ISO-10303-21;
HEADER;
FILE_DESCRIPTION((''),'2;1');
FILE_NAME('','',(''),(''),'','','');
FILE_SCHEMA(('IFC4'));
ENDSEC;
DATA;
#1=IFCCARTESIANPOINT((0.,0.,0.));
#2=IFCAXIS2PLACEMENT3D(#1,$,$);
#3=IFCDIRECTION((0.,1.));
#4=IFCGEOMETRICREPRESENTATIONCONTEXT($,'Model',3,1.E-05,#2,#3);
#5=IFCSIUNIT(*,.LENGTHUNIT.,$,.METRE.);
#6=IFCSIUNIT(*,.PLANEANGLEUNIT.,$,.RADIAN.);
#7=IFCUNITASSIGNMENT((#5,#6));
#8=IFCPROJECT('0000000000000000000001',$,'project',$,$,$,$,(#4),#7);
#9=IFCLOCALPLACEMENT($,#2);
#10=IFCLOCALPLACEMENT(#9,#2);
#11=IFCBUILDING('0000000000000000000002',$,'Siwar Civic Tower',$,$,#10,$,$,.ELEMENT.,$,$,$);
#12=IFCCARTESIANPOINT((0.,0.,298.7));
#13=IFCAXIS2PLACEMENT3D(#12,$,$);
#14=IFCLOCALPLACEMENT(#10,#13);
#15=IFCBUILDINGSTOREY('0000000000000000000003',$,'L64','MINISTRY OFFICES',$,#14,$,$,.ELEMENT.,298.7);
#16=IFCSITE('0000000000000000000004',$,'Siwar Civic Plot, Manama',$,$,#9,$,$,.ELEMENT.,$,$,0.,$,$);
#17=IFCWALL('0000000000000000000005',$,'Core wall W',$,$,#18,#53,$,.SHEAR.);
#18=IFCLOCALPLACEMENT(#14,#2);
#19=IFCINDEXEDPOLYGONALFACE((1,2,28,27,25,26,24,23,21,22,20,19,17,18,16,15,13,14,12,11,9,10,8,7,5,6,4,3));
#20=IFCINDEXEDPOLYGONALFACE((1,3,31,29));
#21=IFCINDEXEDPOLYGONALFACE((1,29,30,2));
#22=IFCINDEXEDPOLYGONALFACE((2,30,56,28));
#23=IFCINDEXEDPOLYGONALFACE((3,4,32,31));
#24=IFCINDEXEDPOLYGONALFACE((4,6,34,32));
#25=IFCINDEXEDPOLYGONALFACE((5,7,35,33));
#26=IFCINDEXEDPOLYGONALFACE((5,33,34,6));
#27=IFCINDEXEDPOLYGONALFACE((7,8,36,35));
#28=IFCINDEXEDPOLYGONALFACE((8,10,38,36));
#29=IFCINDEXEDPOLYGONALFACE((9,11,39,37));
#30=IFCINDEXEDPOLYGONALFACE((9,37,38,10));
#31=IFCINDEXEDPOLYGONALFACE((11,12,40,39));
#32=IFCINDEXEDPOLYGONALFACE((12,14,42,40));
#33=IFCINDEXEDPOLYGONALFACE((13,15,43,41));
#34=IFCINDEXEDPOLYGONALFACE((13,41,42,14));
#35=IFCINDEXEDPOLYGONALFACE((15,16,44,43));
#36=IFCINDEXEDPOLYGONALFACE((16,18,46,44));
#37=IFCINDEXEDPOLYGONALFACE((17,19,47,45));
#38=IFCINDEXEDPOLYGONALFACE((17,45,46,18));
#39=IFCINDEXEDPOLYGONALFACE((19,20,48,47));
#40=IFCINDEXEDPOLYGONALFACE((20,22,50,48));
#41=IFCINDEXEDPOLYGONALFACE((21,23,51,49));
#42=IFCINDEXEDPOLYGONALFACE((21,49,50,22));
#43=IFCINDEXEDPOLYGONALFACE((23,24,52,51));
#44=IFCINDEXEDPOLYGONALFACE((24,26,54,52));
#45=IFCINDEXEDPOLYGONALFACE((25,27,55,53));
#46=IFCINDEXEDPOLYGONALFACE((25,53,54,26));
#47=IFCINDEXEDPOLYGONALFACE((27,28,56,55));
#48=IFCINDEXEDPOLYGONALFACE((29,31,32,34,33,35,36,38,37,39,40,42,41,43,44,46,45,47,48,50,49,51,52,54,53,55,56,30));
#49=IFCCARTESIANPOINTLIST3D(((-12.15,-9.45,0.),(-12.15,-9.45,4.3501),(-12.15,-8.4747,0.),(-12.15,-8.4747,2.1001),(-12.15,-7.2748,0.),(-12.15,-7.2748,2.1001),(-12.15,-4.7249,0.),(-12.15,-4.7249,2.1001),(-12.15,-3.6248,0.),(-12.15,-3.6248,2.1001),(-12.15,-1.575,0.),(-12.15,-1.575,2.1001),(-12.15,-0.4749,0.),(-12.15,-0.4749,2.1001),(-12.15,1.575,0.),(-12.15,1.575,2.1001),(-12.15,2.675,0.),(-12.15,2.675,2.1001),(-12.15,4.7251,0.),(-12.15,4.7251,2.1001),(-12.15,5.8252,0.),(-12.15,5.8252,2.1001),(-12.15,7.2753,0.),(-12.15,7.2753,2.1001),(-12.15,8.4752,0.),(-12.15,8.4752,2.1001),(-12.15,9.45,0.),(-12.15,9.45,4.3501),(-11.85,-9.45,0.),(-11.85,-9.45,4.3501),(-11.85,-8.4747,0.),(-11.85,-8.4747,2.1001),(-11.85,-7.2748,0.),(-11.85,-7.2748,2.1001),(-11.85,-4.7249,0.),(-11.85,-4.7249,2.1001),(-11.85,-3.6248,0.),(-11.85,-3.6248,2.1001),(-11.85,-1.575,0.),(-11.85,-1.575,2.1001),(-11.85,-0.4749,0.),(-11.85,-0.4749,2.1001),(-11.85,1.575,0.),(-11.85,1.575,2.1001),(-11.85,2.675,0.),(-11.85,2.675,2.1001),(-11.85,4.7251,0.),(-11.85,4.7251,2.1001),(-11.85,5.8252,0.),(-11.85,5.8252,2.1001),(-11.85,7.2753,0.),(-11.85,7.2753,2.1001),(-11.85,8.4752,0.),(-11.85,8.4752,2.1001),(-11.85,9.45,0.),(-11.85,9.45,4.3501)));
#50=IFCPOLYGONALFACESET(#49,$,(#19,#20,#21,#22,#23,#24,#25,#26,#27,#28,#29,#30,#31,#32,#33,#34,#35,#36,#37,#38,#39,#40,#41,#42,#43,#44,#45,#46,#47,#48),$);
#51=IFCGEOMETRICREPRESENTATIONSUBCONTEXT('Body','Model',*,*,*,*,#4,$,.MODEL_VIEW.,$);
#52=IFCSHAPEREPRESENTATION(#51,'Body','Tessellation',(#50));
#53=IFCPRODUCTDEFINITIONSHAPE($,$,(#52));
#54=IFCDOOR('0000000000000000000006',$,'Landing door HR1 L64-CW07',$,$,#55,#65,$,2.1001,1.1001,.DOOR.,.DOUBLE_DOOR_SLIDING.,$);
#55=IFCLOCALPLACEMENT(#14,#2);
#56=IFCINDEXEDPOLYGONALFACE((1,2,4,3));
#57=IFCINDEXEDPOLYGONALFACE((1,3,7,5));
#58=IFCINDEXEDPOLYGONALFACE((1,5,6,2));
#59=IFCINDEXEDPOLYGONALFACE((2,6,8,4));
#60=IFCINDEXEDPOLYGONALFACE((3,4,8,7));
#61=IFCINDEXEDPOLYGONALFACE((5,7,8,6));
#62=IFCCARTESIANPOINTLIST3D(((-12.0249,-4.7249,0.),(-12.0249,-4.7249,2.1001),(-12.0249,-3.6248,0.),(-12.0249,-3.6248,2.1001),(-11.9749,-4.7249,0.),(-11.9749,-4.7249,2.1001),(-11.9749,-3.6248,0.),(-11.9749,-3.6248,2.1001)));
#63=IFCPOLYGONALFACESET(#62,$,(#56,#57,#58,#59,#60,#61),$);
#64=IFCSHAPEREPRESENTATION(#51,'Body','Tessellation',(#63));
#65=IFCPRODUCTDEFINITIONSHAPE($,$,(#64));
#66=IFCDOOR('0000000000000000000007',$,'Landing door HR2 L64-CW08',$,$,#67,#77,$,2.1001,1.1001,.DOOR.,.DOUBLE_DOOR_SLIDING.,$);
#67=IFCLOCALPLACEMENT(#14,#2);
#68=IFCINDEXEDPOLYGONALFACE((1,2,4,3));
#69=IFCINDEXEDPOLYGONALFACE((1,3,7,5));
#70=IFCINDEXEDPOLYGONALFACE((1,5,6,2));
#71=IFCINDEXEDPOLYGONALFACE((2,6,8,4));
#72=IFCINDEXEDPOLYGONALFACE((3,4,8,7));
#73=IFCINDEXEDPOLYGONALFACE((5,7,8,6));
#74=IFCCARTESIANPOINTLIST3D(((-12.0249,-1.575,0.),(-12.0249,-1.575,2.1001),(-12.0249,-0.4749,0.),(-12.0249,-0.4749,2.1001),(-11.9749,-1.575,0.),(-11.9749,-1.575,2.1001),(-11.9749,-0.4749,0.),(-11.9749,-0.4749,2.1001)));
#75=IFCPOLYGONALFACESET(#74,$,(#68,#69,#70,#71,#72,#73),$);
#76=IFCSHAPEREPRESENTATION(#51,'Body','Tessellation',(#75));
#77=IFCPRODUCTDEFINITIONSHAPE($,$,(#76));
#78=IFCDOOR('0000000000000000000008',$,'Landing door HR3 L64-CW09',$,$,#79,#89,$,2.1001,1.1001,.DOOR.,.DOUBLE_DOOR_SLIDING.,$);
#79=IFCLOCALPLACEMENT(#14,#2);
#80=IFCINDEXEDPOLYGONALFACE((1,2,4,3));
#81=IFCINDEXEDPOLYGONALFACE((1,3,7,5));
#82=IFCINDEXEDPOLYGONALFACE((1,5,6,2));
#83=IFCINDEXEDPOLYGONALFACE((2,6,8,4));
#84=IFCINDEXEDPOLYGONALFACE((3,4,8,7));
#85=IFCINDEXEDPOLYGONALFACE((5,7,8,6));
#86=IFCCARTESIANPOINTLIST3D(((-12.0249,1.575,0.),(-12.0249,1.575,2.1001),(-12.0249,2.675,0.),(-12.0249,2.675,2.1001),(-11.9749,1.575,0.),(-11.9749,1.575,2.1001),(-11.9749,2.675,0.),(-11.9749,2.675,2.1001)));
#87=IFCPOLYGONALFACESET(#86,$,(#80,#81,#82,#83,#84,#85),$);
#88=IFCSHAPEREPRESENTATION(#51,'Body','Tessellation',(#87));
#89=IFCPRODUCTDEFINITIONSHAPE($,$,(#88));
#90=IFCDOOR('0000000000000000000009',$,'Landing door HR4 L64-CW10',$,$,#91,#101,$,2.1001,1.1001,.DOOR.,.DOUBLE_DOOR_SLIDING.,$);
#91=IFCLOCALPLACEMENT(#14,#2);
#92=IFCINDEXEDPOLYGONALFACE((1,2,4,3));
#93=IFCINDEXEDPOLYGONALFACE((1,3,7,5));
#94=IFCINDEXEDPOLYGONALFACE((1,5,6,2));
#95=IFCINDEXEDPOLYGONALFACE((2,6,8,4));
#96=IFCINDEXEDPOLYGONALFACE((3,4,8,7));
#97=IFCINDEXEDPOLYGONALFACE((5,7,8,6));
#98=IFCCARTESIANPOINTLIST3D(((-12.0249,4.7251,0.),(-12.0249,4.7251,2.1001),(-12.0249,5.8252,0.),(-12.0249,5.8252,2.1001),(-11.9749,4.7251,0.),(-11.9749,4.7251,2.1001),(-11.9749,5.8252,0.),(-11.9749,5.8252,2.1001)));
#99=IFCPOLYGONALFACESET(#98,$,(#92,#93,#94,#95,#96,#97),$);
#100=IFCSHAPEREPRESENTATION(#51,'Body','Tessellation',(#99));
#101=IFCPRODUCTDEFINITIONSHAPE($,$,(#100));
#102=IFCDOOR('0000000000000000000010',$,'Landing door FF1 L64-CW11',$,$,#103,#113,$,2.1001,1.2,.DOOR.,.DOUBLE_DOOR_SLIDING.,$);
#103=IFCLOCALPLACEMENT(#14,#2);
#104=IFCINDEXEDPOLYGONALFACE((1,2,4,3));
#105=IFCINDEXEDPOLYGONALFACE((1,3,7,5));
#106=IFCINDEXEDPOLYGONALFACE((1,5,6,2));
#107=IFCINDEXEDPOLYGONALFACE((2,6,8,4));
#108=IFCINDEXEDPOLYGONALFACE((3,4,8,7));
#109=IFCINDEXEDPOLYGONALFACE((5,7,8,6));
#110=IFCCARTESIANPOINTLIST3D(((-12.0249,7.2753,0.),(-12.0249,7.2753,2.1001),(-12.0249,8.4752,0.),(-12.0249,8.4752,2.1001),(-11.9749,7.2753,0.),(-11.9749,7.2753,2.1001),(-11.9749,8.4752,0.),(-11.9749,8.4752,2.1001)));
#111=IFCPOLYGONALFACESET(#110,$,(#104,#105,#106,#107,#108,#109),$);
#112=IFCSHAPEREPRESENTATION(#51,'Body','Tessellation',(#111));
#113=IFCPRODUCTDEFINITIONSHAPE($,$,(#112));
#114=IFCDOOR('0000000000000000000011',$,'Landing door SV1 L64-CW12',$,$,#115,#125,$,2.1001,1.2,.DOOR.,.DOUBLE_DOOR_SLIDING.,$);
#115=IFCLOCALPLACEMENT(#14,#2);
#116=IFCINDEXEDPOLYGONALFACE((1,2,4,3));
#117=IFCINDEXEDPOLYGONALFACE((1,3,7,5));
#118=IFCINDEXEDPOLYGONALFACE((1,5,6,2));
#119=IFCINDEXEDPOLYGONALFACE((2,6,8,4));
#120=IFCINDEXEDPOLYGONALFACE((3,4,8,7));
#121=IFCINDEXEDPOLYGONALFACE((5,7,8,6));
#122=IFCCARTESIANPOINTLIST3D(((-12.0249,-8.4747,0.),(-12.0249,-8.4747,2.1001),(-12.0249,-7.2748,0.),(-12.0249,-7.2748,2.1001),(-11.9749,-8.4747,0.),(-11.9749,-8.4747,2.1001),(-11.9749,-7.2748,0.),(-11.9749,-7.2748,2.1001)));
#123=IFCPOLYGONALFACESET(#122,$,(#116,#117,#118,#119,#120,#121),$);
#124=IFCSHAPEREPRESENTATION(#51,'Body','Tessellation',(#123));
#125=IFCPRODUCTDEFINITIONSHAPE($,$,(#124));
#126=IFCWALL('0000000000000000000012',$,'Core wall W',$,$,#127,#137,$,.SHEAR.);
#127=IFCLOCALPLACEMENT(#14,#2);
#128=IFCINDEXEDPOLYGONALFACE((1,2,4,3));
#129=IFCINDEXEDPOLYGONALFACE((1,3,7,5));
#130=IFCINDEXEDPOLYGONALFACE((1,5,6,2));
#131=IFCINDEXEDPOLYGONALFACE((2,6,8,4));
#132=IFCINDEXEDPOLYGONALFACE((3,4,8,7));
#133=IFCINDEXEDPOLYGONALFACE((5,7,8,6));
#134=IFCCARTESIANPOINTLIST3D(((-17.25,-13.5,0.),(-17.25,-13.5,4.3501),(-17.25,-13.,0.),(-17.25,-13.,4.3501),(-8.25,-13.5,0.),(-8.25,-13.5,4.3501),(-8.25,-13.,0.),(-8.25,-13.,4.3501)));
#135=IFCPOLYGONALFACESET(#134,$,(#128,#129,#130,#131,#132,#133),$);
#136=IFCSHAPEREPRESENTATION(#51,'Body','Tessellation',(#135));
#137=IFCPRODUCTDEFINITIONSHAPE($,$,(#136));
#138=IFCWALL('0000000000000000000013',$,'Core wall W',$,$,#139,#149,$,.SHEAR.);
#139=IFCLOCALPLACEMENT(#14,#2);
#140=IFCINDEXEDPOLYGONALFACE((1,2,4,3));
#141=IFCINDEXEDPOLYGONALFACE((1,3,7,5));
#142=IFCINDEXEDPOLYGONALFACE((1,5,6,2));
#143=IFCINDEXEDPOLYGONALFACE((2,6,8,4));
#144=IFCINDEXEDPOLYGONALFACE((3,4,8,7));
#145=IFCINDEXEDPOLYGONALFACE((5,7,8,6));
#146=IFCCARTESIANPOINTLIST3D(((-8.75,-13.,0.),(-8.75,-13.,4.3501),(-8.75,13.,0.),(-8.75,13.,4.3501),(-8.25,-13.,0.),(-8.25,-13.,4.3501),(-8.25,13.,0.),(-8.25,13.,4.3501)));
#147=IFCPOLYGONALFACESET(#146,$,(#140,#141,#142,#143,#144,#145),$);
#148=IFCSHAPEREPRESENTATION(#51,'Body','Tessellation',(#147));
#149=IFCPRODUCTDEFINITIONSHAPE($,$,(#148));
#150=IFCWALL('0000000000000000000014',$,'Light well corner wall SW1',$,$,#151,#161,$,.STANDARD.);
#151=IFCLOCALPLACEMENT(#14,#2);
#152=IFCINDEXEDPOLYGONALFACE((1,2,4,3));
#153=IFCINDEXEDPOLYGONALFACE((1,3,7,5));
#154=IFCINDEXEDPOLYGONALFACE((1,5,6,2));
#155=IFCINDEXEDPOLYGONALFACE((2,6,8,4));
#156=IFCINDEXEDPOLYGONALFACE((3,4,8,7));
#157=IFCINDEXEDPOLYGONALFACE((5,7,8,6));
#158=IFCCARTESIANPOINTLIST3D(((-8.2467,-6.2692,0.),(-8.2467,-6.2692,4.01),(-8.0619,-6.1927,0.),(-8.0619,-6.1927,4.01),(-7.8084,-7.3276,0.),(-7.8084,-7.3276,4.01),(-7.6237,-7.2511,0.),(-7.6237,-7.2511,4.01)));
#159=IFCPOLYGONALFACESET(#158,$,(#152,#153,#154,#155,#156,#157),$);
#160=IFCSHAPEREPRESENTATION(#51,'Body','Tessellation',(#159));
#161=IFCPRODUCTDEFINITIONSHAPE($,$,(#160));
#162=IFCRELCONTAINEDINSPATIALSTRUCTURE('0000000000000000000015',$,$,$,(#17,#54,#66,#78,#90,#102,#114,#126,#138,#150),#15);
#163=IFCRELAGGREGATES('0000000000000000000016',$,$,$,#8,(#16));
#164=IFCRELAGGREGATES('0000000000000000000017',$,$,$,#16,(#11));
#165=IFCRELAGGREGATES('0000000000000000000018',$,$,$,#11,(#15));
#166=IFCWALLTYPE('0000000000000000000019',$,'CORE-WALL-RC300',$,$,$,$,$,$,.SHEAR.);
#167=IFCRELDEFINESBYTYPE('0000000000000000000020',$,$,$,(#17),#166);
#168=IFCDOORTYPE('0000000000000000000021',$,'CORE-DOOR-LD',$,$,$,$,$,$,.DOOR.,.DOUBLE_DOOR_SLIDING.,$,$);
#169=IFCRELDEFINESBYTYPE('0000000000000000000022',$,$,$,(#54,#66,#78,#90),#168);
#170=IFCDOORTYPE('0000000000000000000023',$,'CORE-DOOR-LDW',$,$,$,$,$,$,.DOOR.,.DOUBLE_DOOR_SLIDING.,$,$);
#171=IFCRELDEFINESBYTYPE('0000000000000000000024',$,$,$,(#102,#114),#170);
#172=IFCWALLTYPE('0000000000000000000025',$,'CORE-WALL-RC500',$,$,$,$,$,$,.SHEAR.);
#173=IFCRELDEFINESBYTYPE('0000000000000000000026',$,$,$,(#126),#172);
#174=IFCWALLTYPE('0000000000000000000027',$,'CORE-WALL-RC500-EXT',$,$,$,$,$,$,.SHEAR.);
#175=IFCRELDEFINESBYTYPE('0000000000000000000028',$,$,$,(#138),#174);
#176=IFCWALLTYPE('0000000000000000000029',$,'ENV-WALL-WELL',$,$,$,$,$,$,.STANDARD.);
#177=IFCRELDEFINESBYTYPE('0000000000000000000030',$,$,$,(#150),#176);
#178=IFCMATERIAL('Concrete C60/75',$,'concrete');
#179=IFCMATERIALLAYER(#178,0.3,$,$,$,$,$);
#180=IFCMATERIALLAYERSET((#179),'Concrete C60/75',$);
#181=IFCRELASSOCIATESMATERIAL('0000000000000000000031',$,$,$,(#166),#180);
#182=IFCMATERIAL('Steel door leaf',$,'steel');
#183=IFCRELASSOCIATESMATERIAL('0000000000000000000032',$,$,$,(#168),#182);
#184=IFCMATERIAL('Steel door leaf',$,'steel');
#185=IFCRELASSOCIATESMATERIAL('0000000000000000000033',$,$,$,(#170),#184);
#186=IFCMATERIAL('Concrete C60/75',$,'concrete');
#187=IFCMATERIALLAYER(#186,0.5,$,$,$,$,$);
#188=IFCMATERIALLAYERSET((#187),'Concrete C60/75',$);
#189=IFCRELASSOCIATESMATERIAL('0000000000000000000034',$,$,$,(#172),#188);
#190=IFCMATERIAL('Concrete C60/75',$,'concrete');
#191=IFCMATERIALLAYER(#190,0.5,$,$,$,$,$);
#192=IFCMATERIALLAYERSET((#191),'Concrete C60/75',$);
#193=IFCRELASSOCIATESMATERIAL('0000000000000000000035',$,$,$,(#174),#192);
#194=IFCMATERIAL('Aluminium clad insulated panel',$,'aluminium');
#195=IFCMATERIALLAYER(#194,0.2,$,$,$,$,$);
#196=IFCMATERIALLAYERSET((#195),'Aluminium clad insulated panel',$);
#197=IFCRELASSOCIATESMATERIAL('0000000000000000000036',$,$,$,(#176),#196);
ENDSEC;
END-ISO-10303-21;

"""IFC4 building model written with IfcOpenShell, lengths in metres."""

from ifc_helpers import new_model, si_unit, direction, frame, frame_2d, origin, place, context, subcontext, project, spatial, rectangle, extrude, material, layer, layer_set, type_object, element, fill, save


model = new_model("IFC4")

# Units and contexts
model_context = context("Model", 3, precision=1e-05, world=origin(), true_north=direction((0.0, 1.0)))
body_context = subcontext(model_context, "Body", "Model", "MODEL_VIEW")
ifc_project = project(units=[si_unit("LENGTHUNIT", "METRE"), si_unit("PLANEANGLEUNIT", "RADIAN")], contexts=[model_context])

# Site, building, storey
site_placement = place(None, origin())
site = spatial("IfcSite", under=ifc_project, at=site_placement, Name="Siwar Civic Plot, Manama", CompositionType="ELEMENT", RefElevation=0.0)
building_placement = place(site_placement, origin())
building = spatial("IfcBuilding", under=site, at=building_placement, Name="Siwar Civic Tower", CompositionType="ELEMENT")
storey_placement = place(building_placement, frame((0.0, 0.0, 298.7)))
storey = spatial("IfcBuildingStorey", under=building, at=storey_placement, Name="L64", Description="MINISTRY OFFICES", CompositionType="ELEMENT", Elevation=298.7)

# Wall, openings, doors
ifc_material_1 = material(Name="Concrete C60/75", Category="concrete")
ifc_layer_1 = layer(ifc_material_1, 0.3)
ifc_layer_set_1 = layer_set([ifc_layer_1], Name="Concrete C60/75")
wall_type_1 = type_object("IfcWallType", Name="CORE-WALL-RC300", PredefinedType="SHEAR", material=ifc_layer_set_1)
wall_1_placement = place(storey_placement, frame((-12.0, -9.45, 0.0), z_axis=(0.0, 0.0, 1.0), x_axis=(0.0, 1.0, 0.0)))
wall_1 = element("IfcWall", 1, at=wall_1_placement, inside=storey, type_object=wall_type_1, Name="Core wall W", PredefinedType="SHEAR", context=body_context, shape_type="SweptSolid", body=[
    extrude(rectangle(XDim=18.8999, YDim=0.3, at=frame_2d((9.45, 0.0))), origin(), (0.0, 0.0, 1.0), 4.3501),
])
opening_1_placement = place(wall_1_placement, frame((4.7251, 0.0, 0.0)))
opening_1 = element("IfcOpeningElement", 2, at=opening_1_placement, cuts=wall_1, PredefinedType="OPENING", context=body_context, shape_type="SweptSolid", body=[
    extrude(rectangle(XDim=1.1001, YDim=2.1001, at=frame_2d((0.55, 1.05))), frame((0.0, 0.1602, 0.0), z_axis=(0.0, -1.0, 0.0), x_axis=(1.0, 0.0, 0.0)), (0.0, 0.0, 1.0), 0.3201),
])
opening_2_placement = place(wall_1_placement, frame((7.875, 0.0, 0.0)))
opening_2 = element("IfcOpeningElement", 3, at=opening_2_placement, cuts=wall_1, PredefinedType="OPENING", context=body_context, shape_type="SweptSolid", body=[
    extrude(rectangle(XDim=1.1001, YDim=2.1001, at=frame_2d((0.55, 1.05))), frame((0.0, 0.1602, 0.0), z_axis=(0.0, -1.0, 0.0), x_axis=(1.0, 0.0, 0.0)), (0.0, 0.0, 1.0), 0.3201),
])
opening_3_placement = place(wall_1_placement, frame((11.0249, 0.0, 0.0)))
opening_3 = element("IfcOpeningElement", 4, at=opening_3_placement, cuts=wall_1, PredefinedType="OPENING", context=body_context, shape_type="SweptSolid", body=[
    extrude(rectangle(XDim=1.1001, YDim=2.1001, at=frame_2d((0.55, 1.05))), frame((0.0, 0.1602, 0.0), z_axis=(0.0, -1.0, 0.0), x_axis=(1.0, 0.0, 0.0)), (0.0, 0.0, 1.0), 0.3201),
])
opening_4_placement = place(wall_1_placement, frame((14.175, 0.0, 0.0)))
opening_4 = element("IfcOpeningElement", 5, at=opening_4_placement, cuts=wall_1, PredefinedType="OPENING", context=body_context, shape_type="SweptSolid", body=[
    extrude(rectangle(XDim=1.1001, YDim=2.1001, at=frame_2d((0.55, 1.05))), frame((0.0, 0.1602, 0.0), z_axis=(0.0, -1.0, 0.0), x_axis=(1.0, 0.0, 0.0)), (0.0, 0.0, 1.0), 0.3201),
])
opening_5_placement = place(wall_1_placement, frame((16.7251, 0.0, 0.0)))
opening_5 = element("IfcOpeningElement", 6, at=opening_5_placement, cuts=wall_1, PredefinedType="OPENING", context=body_context, shape_type="SweptSolid", body=[
    extrude(rectangle(XDim=1.2, YDim=2.1001, at=frame_2d((0.6001, 1.05))), frame((0.0, 0.1602, 0.0), z_axis=(0.0, -1.0, 0.0), x_axis=(1.0, 0.0, 0.0)), (0.0, 0.0, 1.0), 0.3201),
])
opening_6_placement = place(wall_1_placement, frame((0.9751, 0.0, 0.0)))
opening_6 = element("IfcOpeningElement", 7, at=opening_6_placement, cuts=wall_1, PredefinedType="OPENING", context=body_context, shape_type="SweptSolid", body=[
    extrude(rectangle(XDim=1.2, YDim=2.1001, at=frame_2d((0.6001, 1.05))), frame((0.0, 0.1602, 0.0), z_axis=(0.0, -1.0, 0.0), x_axis=(1.0, 0.0, 0.0)), (0.0, 0.0, 1.0), 0.3201),
])
ifc_material_2 = material(Name="Steel door leaf", Category="steel")
door_type_1 = type_object("IfcDoorType", Name="CORE-DOOR-LD", OperationType="DOUBLE_DOOR_SLIDING", PredefinedType="DOOR", material=ifc_material_2)
door_1_placement = place(opening_1_placement, origin())
door_1 = element("IfcDoor", 8, at=door_1_placement, inside=storey, type_object=door_type_1, Name="Landing door HR1 L64-CW07", OperationType="DOUBLE_DOOR_SLIDING", OverallHeight=2.1001, OverallWidth=1.1001, PredefinedType="DOOR", context=body_context, shape_type="SweptSolid", body=[
    extrude(rectangle(XDim=1.1001, YDim=2.1001, at=frame_2d((0.55, 1.05))), frame((0.0, 0.0249, 0.0), z_axis=(0.0, -1.0, 0.0), x_axis=(1.0, 0.0, 0.0)), (0.0, 0.0, 1.0), 0.05),
])
fill(opening_1, door_1)
door_2_placement = place(opening_2_placement, origin())
door_2 = element("IfcDoor", 9, at=door_2_placement, inside=storey, type_object=door_type_1, Name="Landing door HR2 L64-CW08", OperationType="DOUBLE_DOOR_SLIDING", OverallHeight=2.1001, OverallWidth=1.1001, PredefinedType="DOOR", context=body_context, shape_type="SweptSolid", body=[
    extrude(rectangle(XDim=1.1001, YDim=2.1001, at=frame_2d((0.55, 1.05))), frame((0.0, 0.0249, 0.0), z_axis=(0.0, -1.0, 0.0), x_axis=(1.0, 0.0, 0.0)), (0.0, 0.0, 1.0), 0.05),
])
fill(opening_2, door_2)
door_3_placement = place(opening_3_placement, origin())
door_3 = element("IfcDoor", 10, at=door_3_placement, inside=storey, type_object=door_type_1, Name="Landing door HR3 L64-CW09", OperationType="DOUBLE_DOOR_SLIDING", OverallHeight=2.1001, OverallWidth=1.1001, PredefinedType="DOOR", context=body_context, shape_type="SweptSolid", body=[
    extrude(rectangle(XDim=1.1001, YDim=2.1001, at=frame_2d((0.55, 1.05))), frame((0.0, 0.0249, 0.0), z_axis=(0.0, -1.0, 0.0), x_axis=(1.0, 0.0, 0.0)), (0.0, 0.0, 1.0), 0.05),
])
fill(opening_3, door_3)
door_4_placement = place(opening_4_placement, origin())
door_4 = element("IfcDoor", 11, at=door_4_placement, inside=storey, type_object=door_type_1, Name="Landing door HR4 L64-CW10", OperationType="DOUBLE_DOOR_SLIDING", OverallHeight=2.1001, OverallWidth=1.1001, PredefinedType="DOOR", context=body_context, shape_type="SweptSolid", body=[
    extrude(rectangle(XDim=1.1001, YDim=2.1001, at=frame_2d((0.55, 1.05))), frame((0.0, 0.0249, 0.0), z_axis=(0.0, -1.0, 0.0), x_axis=(1.0, 0.0, 0.0)), (0.0, 0.0, 1.0), 0.05),
])
fill(opening_4, door_4)
ifc_material_3 = material(Name="Steel door leaf", Category="steel")
door_type_2 = type_object("IfcDoorType", Name="CORE-DOOR-LDW", OperationType="DOUBLE_DOOR_SLIDING", PredefinedType="DOOR", material=ifc_material_3)
door_5_placement = place(opening_5_placement, origin())
door_5 = element("IfcDoor", 12, at=door_5_placement, inside=storey, type_object=door_type_2, Name="Landing door FF1 L64-CW11", OperationType="DOUBLE_DOOR_SLIDING", OverallHeight=2.1001, OverallWidth=1.2, PredefinedType="DOOR", context=body_context, shape_type="SweptSolid", body=[
    extrude(rectangle(XDim=1.2, YDim=2.1001, at=frame_2d((0.6001, 1.05))), frame((0.0, 0.0249, 0.0), z_axis=(0.0, -1.0, 0.0), x_axis=(1.0, 0.0, 0.0)), (0.0, 0.0, 1.0), 0.05),
])
fill(opening_5, door_5)
door_6_placement = place(opening_6_placement, origin())
door_6 = element("IfcDoor", 13, at=door_6_placement, inside=storey, type_object=door_type_2, Name="Landing door SV1 L64-CW12", OperationType="DOUBLE_DOOR_SLIDING", OverallHeight=2.1001, OverallWidth=1.2, PredefinedType="DOOR", context=body_context, shape_type="SweptSolid", body=[
    extrude(rectangle(XDim=1.2, YDim=2.1001, at=frame_2d((0.6001, 1.05))), frame((0.0, 0.0249, 0.0), z_axis=(0.0, -1.0, 0.0), x_axis=(1.0, 0.0, 0.0)), (0.0, 0.0, 1.0), 0.05),
])
fill(opening_6, door_6)

# Walls
ifc_material_4 = material(Name="Concrete C60/75", Category="concrete")
ifc_layer_2 = layer(ifc_material_4, 0.5)
ifc_layer_set_2 = layer_set([ifc_layer_2], Name="Concrete C60/75")
wall_type_2 = type_object("IfcWallType", Name="CORE-WALL-RC500", PredefinedType="SHEAR", material=ifc_layer_set_2)
wall_2_placement = place(storey_placement, frame((-8.25, -13.25, 0.0), z_axis=(0.0, 0.0, 1.0), x_axis=(-1.0, 0.0, 0.0)))
element("IfcWall", 14, at=wall_2_placement, inside=storey, type_object=wall_type_2, Name="Core wall W", PredefinedType="SHEAR", context=body_context, shape_type="SweptSolid", body=[
    extrude(rectangle(XDim=9.0, YDim=0.5, at=frame_2d((4.5, 0.0))), origin(), (0.0, 0.0, 1.0), 4.3501),
])
ifc_material_5 = material(Name="Concrete C60/75", Category="concrete")
ifc_layer_3 = layer(ifc_material_5, 0.5)
ifc_layer_set_3 = layer_set([ifc_layer_3], Name="Concrete C60/75")
wall_type_3 = type_object("IfcWallType", Name="CORE-WALL-RC500-EXT", PredefinedType="SHEAR", material=ifc_layer_set_3)
wall_3_placement = place(storey_placement, frame((-8.5, -13.0, 0.0), z_axis=(0.0, 0.0, 1.0), x_axis=(0.0, 1.0, 0.0)))
element("IfcWall", 15, at=wall_3_placement, inside=storey, type_object=wall_type_3, Name="Core wall W", PredefinedType="SHEAR", context=body_context, shape_type="SweptSolid", body=[
    extrude(rectangle(XDim=26.0, YDim=0.5, at=frame_2d((13.0, 0.0))), origin(), (0.0, 0.0, 1.0), 4.3501),
])
ifc_material_6 = material(Name="Aluminium clad insulated panel", Category="aluminium")
ifc_layer_4 = layer(ifc_material_6, 0.2)
ifc_layer_set_4 = layer_set([ifc_layer_4], Name="Aluminium clad insulated panel")
wall_type_4 = type_object("IfcWallType", Name="ENV-WALL-WELL", PredefinedType="STANDARD", material=ifc_layer_set_4)
wall_4_placement = place(storey_placement, frame((-8.1543, -6.231, 0.0), z_axis=(0.0, 0.0, 1.0), x_axis=(0.382571, -0.923926, 0.0)))
element("IfcWall", 16, at=wall_4_placement, inside=storey, type_object=wall_type_4, Name="Light well corner wall SW1", PredefinedType="STANDARD", context=body_context, shape_type="SweptSolid", body=[
    extrude(rectangle(XDim=1.1455, YDim=0.2, at=frame_2d((0.5728, 0.0))), origin(), (0.0, 0.0, 1.0), 4.01),
])

save(model, "model.ifc")
